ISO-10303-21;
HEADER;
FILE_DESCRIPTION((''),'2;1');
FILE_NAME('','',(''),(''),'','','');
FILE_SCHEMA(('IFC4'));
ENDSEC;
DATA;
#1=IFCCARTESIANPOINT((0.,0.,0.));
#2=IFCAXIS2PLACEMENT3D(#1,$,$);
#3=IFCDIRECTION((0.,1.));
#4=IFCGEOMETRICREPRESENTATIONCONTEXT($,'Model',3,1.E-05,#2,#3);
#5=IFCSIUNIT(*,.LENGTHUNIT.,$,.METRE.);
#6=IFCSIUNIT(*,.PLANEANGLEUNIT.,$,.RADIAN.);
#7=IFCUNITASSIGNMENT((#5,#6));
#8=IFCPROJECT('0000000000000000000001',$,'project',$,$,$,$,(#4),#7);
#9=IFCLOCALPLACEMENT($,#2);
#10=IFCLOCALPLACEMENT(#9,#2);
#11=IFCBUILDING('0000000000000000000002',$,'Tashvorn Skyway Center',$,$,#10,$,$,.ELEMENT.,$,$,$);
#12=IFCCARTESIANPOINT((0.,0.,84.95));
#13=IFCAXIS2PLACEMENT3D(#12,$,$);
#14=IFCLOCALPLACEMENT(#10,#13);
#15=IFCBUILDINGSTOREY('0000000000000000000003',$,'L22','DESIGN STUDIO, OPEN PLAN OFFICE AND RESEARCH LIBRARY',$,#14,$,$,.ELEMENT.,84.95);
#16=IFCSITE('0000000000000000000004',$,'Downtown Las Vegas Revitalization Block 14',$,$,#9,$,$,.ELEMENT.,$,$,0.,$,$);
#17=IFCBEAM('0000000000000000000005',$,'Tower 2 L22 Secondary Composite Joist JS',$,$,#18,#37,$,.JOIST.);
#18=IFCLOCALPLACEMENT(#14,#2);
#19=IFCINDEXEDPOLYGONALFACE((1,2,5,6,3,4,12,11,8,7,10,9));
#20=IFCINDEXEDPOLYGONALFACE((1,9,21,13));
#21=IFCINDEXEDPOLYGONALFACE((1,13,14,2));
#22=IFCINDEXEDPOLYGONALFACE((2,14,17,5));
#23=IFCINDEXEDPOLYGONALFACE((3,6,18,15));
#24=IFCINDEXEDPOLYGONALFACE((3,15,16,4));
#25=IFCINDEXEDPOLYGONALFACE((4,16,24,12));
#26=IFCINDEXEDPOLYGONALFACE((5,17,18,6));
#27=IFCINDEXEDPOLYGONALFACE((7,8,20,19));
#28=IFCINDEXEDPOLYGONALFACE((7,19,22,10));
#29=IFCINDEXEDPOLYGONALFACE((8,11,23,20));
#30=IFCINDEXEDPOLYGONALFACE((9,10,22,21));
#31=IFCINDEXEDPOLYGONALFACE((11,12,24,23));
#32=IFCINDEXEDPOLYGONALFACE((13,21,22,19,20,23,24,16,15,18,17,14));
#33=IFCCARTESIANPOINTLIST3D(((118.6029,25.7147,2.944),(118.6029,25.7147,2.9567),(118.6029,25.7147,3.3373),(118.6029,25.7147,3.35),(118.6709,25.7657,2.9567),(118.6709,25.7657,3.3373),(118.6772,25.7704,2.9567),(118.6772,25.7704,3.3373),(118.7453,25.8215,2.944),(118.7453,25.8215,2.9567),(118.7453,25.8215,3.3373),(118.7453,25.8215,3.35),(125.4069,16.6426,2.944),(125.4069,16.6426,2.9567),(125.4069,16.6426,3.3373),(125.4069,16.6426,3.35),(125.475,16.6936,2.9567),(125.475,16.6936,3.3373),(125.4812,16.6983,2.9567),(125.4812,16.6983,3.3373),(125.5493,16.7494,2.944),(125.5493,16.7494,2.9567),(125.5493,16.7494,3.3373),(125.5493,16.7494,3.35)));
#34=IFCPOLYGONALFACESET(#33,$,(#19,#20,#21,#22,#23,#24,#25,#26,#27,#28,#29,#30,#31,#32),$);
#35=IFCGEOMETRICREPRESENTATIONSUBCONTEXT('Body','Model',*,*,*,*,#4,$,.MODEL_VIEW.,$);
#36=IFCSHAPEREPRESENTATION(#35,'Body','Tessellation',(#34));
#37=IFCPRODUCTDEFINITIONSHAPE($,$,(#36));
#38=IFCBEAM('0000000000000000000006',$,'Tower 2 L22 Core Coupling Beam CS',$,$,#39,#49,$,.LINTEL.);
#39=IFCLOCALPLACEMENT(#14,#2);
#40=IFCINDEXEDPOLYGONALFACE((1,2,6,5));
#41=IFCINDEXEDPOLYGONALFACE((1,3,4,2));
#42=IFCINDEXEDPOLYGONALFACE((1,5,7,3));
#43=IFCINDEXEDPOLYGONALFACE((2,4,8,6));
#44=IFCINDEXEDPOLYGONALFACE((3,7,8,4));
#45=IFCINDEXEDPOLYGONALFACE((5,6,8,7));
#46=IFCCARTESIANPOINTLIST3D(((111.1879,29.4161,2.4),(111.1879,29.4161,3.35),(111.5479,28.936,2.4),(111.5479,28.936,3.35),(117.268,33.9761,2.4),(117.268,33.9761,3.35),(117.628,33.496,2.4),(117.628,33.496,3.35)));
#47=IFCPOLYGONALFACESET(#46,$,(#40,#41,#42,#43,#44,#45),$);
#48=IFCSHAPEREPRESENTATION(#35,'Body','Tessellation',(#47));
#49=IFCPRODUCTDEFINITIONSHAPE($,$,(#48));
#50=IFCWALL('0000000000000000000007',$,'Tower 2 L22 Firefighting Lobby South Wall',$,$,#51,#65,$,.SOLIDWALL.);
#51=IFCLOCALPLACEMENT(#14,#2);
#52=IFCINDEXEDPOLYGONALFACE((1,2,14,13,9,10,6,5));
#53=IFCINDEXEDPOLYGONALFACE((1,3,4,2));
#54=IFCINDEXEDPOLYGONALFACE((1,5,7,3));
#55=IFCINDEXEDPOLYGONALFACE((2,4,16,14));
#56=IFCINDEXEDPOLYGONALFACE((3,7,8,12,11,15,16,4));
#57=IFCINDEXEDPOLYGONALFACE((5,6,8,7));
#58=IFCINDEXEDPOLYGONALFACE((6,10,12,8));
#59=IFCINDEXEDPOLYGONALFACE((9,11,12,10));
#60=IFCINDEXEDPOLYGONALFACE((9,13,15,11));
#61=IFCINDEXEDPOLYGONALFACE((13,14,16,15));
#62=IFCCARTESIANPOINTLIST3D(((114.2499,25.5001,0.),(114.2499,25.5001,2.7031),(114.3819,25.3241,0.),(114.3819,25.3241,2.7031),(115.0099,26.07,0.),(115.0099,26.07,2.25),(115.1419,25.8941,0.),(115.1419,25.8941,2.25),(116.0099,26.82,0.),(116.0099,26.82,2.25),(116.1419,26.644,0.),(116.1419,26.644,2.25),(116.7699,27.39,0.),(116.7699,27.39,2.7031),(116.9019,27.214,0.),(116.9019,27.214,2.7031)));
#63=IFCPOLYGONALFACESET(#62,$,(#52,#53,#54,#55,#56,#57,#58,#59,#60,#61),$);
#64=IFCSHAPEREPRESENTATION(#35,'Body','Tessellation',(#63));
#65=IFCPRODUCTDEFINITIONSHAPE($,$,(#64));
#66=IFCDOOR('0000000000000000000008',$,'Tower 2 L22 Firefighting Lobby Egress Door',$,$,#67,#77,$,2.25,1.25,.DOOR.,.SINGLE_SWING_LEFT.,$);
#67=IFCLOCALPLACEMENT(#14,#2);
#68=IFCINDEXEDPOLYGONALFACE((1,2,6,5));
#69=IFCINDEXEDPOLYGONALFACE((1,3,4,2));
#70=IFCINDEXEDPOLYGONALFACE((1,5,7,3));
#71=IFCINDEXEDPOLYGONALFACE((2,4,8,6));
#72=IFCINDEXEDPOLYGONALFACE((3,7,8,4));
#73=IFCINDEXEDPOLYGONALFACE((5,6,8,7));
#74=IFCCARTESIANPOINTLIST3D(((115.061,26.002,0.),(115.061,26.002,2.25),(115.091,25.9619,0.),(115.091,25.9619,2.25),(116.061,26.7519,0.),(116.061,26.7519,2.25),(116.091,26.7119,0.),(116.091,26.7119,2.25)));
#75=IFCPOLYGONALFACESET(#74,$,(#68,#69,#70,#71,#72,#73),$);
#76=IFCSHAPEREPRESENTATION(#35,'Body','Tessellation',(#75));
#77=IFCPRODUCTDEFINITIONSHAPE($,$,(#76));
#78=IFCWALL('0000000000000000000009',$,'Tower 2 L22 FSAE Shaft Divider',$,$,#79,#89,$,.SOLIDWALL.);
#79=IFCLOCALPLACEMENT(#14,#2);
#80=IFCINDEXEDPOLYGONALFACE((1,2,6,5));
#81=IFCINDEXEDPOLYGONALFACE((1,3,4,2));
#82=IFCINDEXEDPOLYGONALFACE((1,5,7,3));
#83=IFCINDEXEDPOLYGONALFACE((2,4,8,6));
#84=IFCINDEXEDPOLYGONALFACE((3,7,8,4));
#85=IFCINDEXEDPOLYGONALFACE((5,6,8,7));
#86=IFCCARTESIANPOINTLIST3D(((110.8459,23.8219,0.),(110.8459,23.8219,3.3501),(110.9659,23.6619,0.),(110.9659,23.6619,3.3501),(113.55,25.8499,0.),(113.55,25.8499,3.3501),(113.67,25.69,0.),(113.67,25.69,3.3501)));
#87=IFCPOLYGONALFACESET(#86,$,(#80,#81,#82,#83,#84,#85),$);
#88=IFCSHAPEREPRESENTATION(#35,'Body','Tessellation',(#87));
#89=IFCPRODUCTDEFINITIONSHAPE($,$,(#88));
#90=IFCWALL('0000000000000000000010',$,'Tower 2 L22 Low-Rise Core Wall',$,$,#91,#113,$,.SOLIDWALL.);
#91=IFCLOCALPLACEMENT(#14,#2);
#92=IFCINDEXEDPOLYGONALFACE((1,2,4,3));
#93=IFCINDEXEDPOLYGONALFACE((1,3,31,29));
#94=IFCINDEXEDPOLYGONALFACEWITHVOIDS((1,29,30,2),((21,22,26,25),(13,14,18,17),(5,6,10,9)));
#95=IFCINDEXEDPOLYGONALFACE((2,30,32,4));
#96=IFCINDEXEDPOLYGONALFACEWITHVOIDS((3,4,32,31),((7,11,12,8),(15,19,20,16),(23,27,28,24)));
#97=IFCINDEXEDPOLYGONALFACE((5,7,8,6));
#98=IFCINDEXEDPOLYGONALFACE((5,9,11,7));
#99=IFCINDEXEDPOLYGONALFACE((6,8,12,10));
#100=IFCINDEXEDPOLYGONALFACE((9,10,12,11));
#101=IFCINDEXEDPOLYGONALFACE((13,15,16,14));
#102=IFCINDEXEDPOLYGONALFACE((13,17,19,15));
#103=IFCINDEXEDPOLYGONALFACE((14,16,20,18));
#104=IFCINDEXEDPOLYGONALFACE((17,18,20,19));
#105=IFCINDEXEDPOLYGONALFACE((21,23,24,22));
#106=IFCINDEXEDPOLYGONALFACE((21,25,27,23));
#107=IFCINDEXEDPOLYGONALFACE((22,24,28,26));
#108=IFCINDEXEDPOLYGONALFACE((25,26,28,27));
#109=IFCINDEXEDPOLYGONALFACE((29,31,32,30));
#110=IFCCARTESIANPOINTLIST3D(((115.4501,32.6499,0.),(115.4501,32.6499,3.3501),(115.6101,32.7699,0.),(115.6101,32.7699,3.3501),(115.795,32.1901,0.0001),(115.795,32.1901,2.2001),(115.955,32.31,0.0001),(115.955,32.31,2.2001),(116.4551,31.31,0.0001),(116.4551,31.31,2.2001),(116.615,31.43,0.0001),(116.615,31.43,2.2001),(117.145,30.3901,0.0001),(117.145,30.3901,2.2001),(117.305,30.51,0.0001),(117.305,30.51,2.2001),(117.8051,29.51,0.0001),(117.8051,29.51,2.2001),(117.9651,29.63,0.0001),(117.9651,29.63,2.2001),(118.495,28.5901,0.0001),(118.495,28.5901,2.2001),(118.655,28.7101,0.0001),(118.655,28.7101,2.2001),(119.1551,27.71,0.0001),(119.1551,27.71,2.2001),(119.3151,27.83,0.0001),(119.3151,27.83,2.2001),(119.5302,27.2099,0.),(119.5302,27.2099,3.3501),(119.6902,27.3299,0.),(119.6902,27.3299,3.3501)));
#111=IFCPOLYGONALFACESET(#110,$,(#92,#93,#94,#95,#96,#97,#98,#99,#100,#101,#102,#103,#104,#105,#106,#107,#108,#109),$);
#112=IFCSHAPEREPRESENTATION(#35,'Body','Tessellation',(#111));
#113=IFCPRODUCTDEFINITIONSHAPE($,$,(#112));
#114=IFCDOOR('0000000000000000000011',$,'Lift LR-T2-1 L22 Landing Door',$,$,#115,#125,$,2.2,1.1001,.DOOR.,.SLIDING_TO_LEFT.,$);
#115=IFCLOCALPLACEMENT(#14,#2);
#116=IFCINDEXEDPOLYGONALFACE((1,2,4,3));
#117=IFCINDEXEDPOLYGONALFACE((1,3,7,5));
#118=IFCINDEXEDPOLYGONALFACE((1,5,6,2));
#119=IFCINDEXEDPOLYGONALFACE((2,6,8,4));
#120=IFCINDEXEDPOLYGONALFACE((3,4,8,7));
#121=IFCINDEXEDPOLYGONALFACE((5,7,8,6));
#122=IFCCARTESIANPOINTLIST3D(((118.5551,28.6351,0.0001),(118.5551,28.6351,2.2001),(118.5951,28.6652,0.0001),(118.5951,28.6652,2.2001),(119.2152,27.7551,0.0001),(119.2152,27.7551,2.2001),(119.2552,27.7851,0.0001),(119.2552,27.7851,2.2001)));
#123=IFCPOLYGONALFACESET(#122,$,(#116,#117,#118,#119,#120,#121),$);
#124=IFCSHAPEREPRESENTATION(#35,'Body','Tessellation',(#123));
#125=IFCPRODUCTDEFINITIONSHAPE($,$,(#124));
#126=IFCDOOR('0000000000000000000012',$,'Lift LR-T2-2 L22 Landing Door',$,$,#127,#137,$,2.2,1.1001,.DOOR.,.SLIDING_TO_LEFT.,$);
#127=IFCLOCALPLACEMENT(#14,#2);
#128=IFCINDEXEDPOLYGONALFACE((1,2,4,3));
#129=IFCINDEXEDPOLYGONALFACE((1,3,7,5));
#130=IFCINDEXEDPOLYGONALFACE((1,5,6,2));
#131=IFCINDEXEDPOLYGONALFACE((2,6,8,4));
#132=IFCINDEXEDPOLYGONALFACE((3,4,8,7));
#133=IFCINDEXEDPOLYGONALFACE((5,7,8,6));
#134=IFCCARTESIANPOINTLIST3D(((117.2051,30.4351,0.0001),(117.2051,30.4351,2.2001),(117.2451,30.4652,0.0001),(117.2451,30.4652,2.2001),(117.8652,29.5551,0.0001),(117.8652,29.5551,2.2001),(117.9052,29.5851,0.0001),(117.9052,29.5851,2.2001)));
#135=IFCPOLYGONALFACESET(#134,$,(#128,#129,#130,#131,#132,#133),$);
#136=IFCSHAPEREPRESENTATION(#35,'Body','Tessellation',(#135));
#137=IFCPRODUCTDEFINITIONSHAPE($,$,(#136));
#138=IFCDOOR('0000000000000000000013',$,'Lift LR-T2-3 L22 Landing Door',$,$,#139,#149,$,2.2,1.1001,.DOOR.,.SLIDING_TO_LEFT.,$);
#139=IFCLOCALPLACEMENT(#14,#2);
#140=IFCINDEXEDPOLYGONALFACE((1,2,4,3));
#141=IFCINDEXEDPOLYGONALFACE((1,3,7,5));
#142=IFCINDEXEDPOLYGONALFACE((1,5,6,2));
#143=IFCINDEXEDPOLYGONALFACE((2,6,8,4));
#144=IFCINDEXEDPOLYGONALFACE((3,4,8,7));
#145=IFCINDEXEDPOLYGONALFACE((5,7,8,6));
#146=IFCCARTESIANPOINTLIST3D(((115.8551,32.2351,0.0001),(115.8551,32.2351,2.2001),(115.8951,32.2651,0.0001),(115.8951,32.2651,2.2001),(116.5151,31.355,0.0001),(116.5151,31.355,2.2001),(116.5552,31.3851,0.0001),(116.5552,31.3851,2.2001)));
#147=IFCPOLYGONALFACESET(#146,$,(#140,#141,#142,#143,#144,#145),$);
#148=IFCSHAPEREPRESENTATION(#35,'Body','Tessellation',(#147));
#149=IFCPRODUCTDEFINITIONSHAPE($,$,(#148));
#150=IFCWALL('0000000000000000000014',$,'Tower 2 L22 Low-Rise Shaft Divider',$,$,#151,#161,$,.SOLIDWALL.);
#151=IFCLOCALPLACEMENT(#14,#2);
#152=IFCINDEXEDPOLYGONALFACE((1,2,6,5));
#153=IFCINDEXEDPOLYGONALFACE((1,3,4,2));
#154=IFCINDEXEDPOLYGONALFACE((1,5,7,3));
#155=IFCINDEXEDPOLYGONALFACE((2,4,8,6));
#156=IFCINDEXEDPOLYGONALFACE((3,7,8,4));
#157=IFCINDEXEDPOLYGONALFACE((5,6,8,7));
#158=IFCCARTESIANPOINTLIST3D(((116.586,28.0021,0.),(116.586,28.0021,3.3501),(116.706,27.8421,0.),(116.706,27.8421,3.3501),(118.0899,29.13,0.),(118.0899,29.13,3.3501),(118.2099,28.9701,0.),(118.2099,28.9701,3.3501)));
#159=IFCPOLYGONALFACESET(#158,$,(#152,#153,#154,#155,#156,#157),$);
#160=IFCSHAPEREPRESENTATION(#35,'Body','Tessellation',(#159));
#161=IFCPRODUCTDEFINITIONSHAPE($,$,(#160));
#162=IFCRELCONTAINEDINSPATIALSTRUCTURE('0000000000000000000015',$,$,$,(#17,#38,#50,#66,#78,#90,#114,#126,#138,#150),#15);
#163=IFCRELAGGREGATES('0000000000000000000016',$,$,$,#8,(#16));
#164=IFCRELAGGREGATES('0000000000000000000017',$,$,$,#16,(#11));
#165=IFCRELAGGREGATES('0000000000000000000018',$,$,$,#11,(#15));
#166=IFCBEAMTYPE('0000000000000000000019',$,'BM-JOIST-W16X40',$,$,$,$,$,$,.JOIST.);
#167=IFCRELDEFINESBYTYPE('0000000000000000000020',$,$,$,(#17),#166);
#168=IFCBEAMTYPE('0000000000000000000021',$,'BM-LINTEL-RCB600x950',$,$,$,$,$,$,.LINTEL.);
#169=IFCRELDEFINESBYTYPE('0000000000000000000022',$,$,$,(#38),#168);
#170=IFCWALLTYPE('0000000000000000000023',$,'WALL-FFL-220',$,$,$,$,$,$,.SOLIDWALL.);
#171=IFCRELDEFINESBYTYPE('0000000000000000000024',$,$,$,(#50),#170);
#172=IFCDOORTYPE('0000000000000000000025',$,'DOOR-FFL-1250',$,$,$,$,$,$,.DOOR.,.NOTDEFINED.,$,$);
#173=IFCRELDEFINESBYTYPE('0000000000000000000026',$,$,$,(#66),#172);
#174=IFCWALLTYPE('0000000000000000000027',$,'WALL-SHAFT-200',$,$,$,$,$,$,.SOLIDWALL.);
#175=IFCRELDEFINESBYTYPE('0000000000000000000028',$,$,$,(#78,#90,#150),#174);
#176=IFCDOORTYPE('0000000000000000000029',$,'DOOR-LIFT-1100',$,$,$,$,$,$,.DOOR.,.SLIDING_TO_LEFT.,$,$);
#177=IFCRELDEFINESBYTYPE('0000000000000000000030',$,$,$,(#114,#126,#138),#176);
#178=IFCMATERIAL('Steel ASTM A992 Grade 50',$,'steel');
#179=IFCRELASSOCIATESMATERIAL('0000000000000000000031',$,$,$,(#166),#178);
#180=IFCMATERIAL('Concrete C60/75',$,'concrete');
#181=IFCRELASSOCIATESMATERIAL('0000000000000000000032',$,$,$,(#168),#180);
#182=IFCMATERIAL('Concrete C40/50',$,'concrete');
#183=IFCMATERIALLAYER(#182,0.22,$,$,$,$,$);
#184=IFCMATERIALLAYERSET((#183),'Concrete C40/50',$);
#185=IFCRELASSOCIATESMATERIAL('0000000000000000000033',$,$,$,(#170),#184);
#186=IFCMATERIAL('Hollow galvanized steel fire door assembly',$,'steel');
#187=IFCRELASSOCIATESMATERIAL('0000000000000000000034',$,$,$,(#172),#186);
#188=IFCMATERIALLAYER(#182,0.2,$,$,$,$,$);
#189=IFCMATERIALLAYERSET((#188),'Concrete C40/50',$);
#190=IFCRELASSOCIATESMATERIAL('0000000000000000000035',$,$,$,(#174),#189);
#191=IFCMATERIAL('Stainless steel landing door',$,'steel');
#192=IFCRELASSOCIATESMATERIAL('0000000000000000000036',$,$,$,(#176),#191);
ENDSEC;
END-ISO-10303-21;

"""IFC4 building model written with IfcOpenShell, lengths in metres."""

from ifc_helpers import new_model, si_unit, direction, frame, frame_2d, origin, origin_2d, place, context, subcontext, project, spatial, rectangle, i_section, extrude, material, layer, layer_set, material_profile, profile_set, type_object, element, fill, save


model = new_model("IFC4")

# Units and contexts
model_context = context("Model", 3, precision=1e-05, world=origin(), true_north=direction((0.0, 1.0)))
body_context = subcontext(model_context, "Body", "Model", "MODEL_VIEW")
ifc_project = project(units=[si_unit("LENGTHUNIT", "METRE"), si_unit("PLANEANGLEUNIT", "RADIAN")], contexts=[model_context])

# Site, building, storey
site_placement = place(None, origin())
site = spatial("IfcSite", under=ifc_project, at=site_placement, Name="Downtown Las Vegas Revitalization Block 14", CompositionType="ELEMENT", RefElevation=0.0)
building_placement = place(site_placement, origin())
building = spatial("IfcBuilding", under=site, at=building_placement, Name="Tashvorn Skyway Center", CompositionType="ELEMENT")
storey_placement = place(building_placement, frame((0.0, 0.0, 84.95)))
storey = spatial("IfcBuildingStorey", under=building, at=storey_placement, Name="L22", Description="DESIGN STUDIO, OPEN PLAN OFFICE AND RESEARCH LIBRARY", CompositionType="ELEMENT", Elevation=84.95)

# Beams
ifc_material_1 = material(Name="Steel ASTM A992 Grade 50", Category="steel")
ifc_material_profile_1 = material_profile(ifc_material_1, i_section(OverallWidth=0.178, OverallDepth=0.406, WebThickness=0.0078, FlangeThickness=0.0127, at=origin_2d()), Name="W16X40")
ifc_profile_set_1 = profile_set([ifc_material_profile_1], Name="Steel ASTM A992 Grade 50")
beam_type_1 = type_object("IfcBeamType", Name="BM-JOIST-W16X40", PredefinedType="JOIST", material=ifc_profile_set_1)
beam_1_placement = place(storey_placement, frame((118.6741, 25.7681, 3.147), z_axis=(0.599997, -0.800003, 0.0), x_axis=(0.800003, 0.599997, 0.0)))
element("IfcBeam", 1, at=beam_1_placement, inside=storey, type_object=beam_type_1, Name="Tower 2 L22 Secondary Composite Joist JS", PredefinedType="JOIST", context=body_context, shape_type="SweptSolid", body=[
    extrude(i_section(OverallWidth=0.178, OverallDepth=0.406, WebThickness=0.0078, FlangeThickness=0.0127, at=origin_2d()), origin(), (0.0, 0.0, 1.0), 11.3401),
])
ifc_material_2 = material(Name="Concrete C60/75", Category="concrete")
ifc_material_profile_2 = material_profile(ifc_material_2, rectangle(XDim=0.6001, YDim=0.95, at=origin_2d()), Name="RCB600x950")
ifc_profile_set_2 = profile_set([ifc_material_profile_2], Name="Concrete C60/75")
beam_type_2 = type_object("IfcBeamType", Name="BM-LINTEL-RCB600x950", PredefinedType="LINTEL", material=ifc_profile_set_2)
beam_2_placement = place(storey_placement, frame((111.3679, 29.176, 2.875), z_axis=(0.8, 0.6, 0.0), x_axis=(-0.6, 0.8, 0.0)))
element("IfcBeam", 2, at=beam_2_placement, inside=storey, type_object=beam_type_2, Name="Tower 2 L22 Core Coupling Beam CS", PredefinedType="LINTEL", context=body_context, shape_type="SweptSolid", body=[
    extrude(rectangle(XDim=0.6001, YDim=0.95, at=origin_2d()), origin(), (0.0, 0.0, 1.0), 7.6001),
])

# Wall, opening, door
ifc_material_3 = material(Name="Concrete C40/50", Category="concrete")
ifc_layer_1 = layer(ifc_material_3, 0.22)
ifc_layer_set_1 = layer_set([ifc_layer_1], Name="Concrete C40/50")
wall_type_1 = type_object("IfcWallType", Name="WALL-FFL-220", PredefinedType="SOLIDWALL", material=ifc_layer_set_1)
wall_1_placement = place(storey_placement, frame((114.3159, 25.4121, 0.0), z_axis=(0.0, 0.0, 1.0), x_axis=(0.800019, 0.599975, 0.0)))
wall_1 = element("IfcWall", 3, at=wall_1_placement, inside=storey, type_object=wall_type_1, Name="Tower 2 L22 Firefighting Lobby South Wall", PredefinedType="SOLIDWALL", context=body_context, shape_type="SweptSolid", body=[
    extrude(rectangle(XDim=3.1499, YDim=0.22, at=frame_2d((1.575, 0.0))), origin(), (0.0, 0.0, 1.0), 2.7031),
])
opening_1_placement = place(wall_1_placement, frame((0.95, 0.0, 0.0)))
opening_1 = element("IfcOpeningElement", 4, at=opening_1_placement, cuts=wall_1, PredefinedType="OPENING", context=body_context, shape_type="SweptSolid", body=[
    extrude(rectangle(XDim=1.25, YDim=2.25, at=frame_2d((0.625, 1.125))), frame((0.0, 0.1199, 0.0), z_axis=(0.0, -1.0, 0.0), x_axis=(1.0, 0.0, 0.0)), (0.0, 0.0, 1.0), 0.24),
])
ifc_material_4 = material(Name="Hollow galvanized steel fire door assembly", Category="steel")
door_type_1 = type_object("IfcDoorType", Name="DOOR-FFL-1250", OperationType="NOTDEFINED", PredefinedType="DOOR", material=ifc_material_4)
door_1_placement = place(opening_1_placement, origin())
door_1 = element("IfcDoor", 5, at=door_1_placement, inside=storey, type_object=door_type_1, Name="Tower 2 L22 Firefighting Lobby Egress Door", OperationType="SINGLE_SWING_LEFT", OverallHeight=2.25, OverallWidth=1.25, PredefinedType="DOOR", context=body_context, shape_type="SweptSolid", body=[
    extrude(rectangle(XDim=1.25, YDim=2.25, at=frame_2d((0.625, 1.125))), frame((0.0, 0.0249, 0.0), z_axis=(0.0, -1.0, 0.0), x_axis=(1.0, 0.0, 0.0)), (0.0, 0.0, 1.0), 0.05),
])
fill(opening_1, door_1)

# Wall
ifc_layer_2 = layer(ifc_material_3, 0.2)
ifc_layer_set_2 = layer_set([ifc_layer_2], Name="Concrete C40/50")
wall_type_2 = type_object("IfcWallType", Name="WALL-SHAFT-200", PredefinedType="SOLIDWALL", material=ifc_layer_set_2)
wall_2_placement = place(storey_placement, frame((110.906, 23.7419, 0.0), z_axis=(0.0, 0.0, 1.0), x_axis=(0.8, 0.6, 0.0)))
element("IfcWall", 6, at=wall_2_placement, inside=storey, type_object=wall_type_2, Name="Tower 2 L22 FSAE Shaft Divider", PredefinedType="SOLIDWALL", context=body_context, shape_type="SweptSolid", body=[
    extrude(rectangle(XDim=3.3801, YDim=0.2, at=frame_2d((1.6899, 0.0))), origin(), (0.0, 0.0, 1.0), 3.3501),
])

# Wall, openings, doors
wall_3_placement = place(storey_placement, frame((119.6101, 27.27, 0.0), z_axis=(0.0, 0.0, 1.0), x_axis=(-0.600011, 0.799991, 0.0)))
wall_3 = element("IfcWall", 7, at=wall_3_placement, inside=storey, type_object=wall_type_2, Name="Tower 2 L22 Low-Rise Core Wall", PredefinedType="SOLIDWALL", context=body_context, shape_type="SweptSolid", body=[
    extrude(rectangle(XDim=6.8, YDim=0.2, at=frame_2d((3.3999, 0.0))), origin(), (0.0, 0.0, 1.0), 3.3501),
])
opening_2_placement = place(wall_3_placement, frame((0.625, 0.0, 0.0)))
opening_2 = element("IfcOpeningElement", 8, at=opening_2_placement, cuts=wall_3, PredefinedType="OPENING", context=body_context, shape_type="SweptSolid", body=[
    extrude(rectangle(XDim=1.1001, YDim=2.2, at=frame_2d((0.55, 1.1001))), frame((0.0, 0.1099, 0.0), z_axis=(0.0, -1.0, 0.0), x_axis=(1.0, 0.0, 0.0)), (0.0, 0.0, 1.0), 0.22),
])
opening_3_placement = place(wall_3_placement, frame((2.875, 0.0, 0.0)))
opening_3 = element("IfcOpeningElement", 9, at=opening_3_placement, cuts=wall_3, PredefinedType="OPENING", context=body_context, shape_type="SweptSolid", body=[
    extrude(rectangle(XDim=1.1001, YDim=2.2, at=frame_2d((0.55, 1.1001))), frame((0.0, 0.1099, 0.0), z_axis=(0.0, -1.0, 0.0), x_axis=(1.0, 0.0, 0.0)), (0.0, 0.0, 1.0), 0.22),
])
opening_4_placement = place(wall_3_placement, frame((5.125, 0.0, 0.0)))
opening_4 = element("IfcOpeningElement", 10, at=opening_4_placement, cuts=wall_3, PredefinedType="OPENING", context=body_context, shape_type="SweptSolid", body=[
    extrude(rectangle(XDim=1.1001, YDim=2.2, at=frame_2d((0.55, 1.1001))), frame((0.0, 0.1099, 0.0), z_axis=(0.0, -1.0, 0.0), x_axis=(1.0, 0.0, 0.0)), (0.0, 0.0, 1.0), 0.22),
])
ifc_material_5 = material(Name="Stainless steel landing door", Category="steel")
door_type_2 = type_object("IfcDoorType", Name="DOOR-LIFT-1100", OperationType="SLIDING_TO_LEFT", PredefinedType="DOOR", material=ifc_material_5)
door_2_placement = place(opening_2_placement, origin())
door_2 = element("IfcDoor", 11, at=door_2_placement, inside=storey, type_object=door_type_2, Name="Lift LR-T2-1 L22 Landing Door", OperationType="SLIDING_TO_LEFT", OverallHeight=2.2, OverallWidth=1.1001, PredefinedType="DOOR", context=body_context, shape_type="SweptSolid", body=[
    extrude(rectangle(XDim=1.1001, YDim=2.2, at=frame_2d((0.55, 1.1001))), frame((0.0, 0.0249, 0.0), z_axis=(0.0, -1.0, 0.0), x_axis=(1.0, 0.0, 0.0)), (0.0, 0.0, 1.0), 0.05),
])
fill(opening_2, door_2)
door_3_placement = place(opening_3_placement, origin())
door_3 = element("IfcDoor", 12, at=door_3_placement, inside=storey, type_object=door_type_2, Name="Lift LR-T2-2 L22 Landing Door", OperationType="SLIDING_TO_LEFT", OverallHeight=2.2, OverallWidth=1.1001, PredefinedType="DOOR", context=body_context, shape_type="SweptSolid", body=[
    extrude(rectangle(XDim=1.1001, YDim=2.2, at=frame_2d((0.55, 1.1001))), frame((0.0, 0.0249, 0.0), z_axis=(0.0, -1.0, 0.0), x_axis=(1.0, 0.0, 0.0)), (0.0, 0.0, 1.0), 0.05),
])
fill(opening_3, door_3)
door_4_placement = place(opening_4_placement, origin())
door_4 = element("IfcDoor", 13, at=door_4_placement, inside=storey, type_object=door_type_2, Name="Lift LR-T2-3 L22 Landing Door", OperationType="SLIDING_TO_LEFT", OverallHeight=2.2, OverallWidth=1.1001, PredefinedType="DOOR", context=body_context, shape_type="SweptSolid", body=[
    extrude(rectangle(XDim=1.1001, YDim=2.2, at=frame_2d((0.55, 1.1001))), frame((0.0, 0.0249, 0.0), z_axis=(0.0, -1.0, 0.0), x_axis=(1.0, 0.0, 0.0)), (0.0, 0.0, 1.0), 0.05),
])
fill(opening_4, door_4)

# Wall
wall_4_placement = place(storey_placement, frame((116.646, 27.9221, 0.0), z_axis=(0.0, 0.0, 1.0), x_axis=(0.8, 0.6, 0.0)))
element("IfcWall", 14, at=wall_4_placement, inside=storey, type_object=wall_type_2, Name="Tower 2 L22 Low-Rise Shaft Divider", PredefinedType="SOLIDWALL", context=body_context, shape_type="SweptSolid", body=[
    extrude(rectangle(XDim=1.8799, YDim=0.2, at=frame_2d((0.9399, 0.0))), origin(), (0.0, 0.0, 1.0), 3.3501),
])

save(model, "model.ifc")
